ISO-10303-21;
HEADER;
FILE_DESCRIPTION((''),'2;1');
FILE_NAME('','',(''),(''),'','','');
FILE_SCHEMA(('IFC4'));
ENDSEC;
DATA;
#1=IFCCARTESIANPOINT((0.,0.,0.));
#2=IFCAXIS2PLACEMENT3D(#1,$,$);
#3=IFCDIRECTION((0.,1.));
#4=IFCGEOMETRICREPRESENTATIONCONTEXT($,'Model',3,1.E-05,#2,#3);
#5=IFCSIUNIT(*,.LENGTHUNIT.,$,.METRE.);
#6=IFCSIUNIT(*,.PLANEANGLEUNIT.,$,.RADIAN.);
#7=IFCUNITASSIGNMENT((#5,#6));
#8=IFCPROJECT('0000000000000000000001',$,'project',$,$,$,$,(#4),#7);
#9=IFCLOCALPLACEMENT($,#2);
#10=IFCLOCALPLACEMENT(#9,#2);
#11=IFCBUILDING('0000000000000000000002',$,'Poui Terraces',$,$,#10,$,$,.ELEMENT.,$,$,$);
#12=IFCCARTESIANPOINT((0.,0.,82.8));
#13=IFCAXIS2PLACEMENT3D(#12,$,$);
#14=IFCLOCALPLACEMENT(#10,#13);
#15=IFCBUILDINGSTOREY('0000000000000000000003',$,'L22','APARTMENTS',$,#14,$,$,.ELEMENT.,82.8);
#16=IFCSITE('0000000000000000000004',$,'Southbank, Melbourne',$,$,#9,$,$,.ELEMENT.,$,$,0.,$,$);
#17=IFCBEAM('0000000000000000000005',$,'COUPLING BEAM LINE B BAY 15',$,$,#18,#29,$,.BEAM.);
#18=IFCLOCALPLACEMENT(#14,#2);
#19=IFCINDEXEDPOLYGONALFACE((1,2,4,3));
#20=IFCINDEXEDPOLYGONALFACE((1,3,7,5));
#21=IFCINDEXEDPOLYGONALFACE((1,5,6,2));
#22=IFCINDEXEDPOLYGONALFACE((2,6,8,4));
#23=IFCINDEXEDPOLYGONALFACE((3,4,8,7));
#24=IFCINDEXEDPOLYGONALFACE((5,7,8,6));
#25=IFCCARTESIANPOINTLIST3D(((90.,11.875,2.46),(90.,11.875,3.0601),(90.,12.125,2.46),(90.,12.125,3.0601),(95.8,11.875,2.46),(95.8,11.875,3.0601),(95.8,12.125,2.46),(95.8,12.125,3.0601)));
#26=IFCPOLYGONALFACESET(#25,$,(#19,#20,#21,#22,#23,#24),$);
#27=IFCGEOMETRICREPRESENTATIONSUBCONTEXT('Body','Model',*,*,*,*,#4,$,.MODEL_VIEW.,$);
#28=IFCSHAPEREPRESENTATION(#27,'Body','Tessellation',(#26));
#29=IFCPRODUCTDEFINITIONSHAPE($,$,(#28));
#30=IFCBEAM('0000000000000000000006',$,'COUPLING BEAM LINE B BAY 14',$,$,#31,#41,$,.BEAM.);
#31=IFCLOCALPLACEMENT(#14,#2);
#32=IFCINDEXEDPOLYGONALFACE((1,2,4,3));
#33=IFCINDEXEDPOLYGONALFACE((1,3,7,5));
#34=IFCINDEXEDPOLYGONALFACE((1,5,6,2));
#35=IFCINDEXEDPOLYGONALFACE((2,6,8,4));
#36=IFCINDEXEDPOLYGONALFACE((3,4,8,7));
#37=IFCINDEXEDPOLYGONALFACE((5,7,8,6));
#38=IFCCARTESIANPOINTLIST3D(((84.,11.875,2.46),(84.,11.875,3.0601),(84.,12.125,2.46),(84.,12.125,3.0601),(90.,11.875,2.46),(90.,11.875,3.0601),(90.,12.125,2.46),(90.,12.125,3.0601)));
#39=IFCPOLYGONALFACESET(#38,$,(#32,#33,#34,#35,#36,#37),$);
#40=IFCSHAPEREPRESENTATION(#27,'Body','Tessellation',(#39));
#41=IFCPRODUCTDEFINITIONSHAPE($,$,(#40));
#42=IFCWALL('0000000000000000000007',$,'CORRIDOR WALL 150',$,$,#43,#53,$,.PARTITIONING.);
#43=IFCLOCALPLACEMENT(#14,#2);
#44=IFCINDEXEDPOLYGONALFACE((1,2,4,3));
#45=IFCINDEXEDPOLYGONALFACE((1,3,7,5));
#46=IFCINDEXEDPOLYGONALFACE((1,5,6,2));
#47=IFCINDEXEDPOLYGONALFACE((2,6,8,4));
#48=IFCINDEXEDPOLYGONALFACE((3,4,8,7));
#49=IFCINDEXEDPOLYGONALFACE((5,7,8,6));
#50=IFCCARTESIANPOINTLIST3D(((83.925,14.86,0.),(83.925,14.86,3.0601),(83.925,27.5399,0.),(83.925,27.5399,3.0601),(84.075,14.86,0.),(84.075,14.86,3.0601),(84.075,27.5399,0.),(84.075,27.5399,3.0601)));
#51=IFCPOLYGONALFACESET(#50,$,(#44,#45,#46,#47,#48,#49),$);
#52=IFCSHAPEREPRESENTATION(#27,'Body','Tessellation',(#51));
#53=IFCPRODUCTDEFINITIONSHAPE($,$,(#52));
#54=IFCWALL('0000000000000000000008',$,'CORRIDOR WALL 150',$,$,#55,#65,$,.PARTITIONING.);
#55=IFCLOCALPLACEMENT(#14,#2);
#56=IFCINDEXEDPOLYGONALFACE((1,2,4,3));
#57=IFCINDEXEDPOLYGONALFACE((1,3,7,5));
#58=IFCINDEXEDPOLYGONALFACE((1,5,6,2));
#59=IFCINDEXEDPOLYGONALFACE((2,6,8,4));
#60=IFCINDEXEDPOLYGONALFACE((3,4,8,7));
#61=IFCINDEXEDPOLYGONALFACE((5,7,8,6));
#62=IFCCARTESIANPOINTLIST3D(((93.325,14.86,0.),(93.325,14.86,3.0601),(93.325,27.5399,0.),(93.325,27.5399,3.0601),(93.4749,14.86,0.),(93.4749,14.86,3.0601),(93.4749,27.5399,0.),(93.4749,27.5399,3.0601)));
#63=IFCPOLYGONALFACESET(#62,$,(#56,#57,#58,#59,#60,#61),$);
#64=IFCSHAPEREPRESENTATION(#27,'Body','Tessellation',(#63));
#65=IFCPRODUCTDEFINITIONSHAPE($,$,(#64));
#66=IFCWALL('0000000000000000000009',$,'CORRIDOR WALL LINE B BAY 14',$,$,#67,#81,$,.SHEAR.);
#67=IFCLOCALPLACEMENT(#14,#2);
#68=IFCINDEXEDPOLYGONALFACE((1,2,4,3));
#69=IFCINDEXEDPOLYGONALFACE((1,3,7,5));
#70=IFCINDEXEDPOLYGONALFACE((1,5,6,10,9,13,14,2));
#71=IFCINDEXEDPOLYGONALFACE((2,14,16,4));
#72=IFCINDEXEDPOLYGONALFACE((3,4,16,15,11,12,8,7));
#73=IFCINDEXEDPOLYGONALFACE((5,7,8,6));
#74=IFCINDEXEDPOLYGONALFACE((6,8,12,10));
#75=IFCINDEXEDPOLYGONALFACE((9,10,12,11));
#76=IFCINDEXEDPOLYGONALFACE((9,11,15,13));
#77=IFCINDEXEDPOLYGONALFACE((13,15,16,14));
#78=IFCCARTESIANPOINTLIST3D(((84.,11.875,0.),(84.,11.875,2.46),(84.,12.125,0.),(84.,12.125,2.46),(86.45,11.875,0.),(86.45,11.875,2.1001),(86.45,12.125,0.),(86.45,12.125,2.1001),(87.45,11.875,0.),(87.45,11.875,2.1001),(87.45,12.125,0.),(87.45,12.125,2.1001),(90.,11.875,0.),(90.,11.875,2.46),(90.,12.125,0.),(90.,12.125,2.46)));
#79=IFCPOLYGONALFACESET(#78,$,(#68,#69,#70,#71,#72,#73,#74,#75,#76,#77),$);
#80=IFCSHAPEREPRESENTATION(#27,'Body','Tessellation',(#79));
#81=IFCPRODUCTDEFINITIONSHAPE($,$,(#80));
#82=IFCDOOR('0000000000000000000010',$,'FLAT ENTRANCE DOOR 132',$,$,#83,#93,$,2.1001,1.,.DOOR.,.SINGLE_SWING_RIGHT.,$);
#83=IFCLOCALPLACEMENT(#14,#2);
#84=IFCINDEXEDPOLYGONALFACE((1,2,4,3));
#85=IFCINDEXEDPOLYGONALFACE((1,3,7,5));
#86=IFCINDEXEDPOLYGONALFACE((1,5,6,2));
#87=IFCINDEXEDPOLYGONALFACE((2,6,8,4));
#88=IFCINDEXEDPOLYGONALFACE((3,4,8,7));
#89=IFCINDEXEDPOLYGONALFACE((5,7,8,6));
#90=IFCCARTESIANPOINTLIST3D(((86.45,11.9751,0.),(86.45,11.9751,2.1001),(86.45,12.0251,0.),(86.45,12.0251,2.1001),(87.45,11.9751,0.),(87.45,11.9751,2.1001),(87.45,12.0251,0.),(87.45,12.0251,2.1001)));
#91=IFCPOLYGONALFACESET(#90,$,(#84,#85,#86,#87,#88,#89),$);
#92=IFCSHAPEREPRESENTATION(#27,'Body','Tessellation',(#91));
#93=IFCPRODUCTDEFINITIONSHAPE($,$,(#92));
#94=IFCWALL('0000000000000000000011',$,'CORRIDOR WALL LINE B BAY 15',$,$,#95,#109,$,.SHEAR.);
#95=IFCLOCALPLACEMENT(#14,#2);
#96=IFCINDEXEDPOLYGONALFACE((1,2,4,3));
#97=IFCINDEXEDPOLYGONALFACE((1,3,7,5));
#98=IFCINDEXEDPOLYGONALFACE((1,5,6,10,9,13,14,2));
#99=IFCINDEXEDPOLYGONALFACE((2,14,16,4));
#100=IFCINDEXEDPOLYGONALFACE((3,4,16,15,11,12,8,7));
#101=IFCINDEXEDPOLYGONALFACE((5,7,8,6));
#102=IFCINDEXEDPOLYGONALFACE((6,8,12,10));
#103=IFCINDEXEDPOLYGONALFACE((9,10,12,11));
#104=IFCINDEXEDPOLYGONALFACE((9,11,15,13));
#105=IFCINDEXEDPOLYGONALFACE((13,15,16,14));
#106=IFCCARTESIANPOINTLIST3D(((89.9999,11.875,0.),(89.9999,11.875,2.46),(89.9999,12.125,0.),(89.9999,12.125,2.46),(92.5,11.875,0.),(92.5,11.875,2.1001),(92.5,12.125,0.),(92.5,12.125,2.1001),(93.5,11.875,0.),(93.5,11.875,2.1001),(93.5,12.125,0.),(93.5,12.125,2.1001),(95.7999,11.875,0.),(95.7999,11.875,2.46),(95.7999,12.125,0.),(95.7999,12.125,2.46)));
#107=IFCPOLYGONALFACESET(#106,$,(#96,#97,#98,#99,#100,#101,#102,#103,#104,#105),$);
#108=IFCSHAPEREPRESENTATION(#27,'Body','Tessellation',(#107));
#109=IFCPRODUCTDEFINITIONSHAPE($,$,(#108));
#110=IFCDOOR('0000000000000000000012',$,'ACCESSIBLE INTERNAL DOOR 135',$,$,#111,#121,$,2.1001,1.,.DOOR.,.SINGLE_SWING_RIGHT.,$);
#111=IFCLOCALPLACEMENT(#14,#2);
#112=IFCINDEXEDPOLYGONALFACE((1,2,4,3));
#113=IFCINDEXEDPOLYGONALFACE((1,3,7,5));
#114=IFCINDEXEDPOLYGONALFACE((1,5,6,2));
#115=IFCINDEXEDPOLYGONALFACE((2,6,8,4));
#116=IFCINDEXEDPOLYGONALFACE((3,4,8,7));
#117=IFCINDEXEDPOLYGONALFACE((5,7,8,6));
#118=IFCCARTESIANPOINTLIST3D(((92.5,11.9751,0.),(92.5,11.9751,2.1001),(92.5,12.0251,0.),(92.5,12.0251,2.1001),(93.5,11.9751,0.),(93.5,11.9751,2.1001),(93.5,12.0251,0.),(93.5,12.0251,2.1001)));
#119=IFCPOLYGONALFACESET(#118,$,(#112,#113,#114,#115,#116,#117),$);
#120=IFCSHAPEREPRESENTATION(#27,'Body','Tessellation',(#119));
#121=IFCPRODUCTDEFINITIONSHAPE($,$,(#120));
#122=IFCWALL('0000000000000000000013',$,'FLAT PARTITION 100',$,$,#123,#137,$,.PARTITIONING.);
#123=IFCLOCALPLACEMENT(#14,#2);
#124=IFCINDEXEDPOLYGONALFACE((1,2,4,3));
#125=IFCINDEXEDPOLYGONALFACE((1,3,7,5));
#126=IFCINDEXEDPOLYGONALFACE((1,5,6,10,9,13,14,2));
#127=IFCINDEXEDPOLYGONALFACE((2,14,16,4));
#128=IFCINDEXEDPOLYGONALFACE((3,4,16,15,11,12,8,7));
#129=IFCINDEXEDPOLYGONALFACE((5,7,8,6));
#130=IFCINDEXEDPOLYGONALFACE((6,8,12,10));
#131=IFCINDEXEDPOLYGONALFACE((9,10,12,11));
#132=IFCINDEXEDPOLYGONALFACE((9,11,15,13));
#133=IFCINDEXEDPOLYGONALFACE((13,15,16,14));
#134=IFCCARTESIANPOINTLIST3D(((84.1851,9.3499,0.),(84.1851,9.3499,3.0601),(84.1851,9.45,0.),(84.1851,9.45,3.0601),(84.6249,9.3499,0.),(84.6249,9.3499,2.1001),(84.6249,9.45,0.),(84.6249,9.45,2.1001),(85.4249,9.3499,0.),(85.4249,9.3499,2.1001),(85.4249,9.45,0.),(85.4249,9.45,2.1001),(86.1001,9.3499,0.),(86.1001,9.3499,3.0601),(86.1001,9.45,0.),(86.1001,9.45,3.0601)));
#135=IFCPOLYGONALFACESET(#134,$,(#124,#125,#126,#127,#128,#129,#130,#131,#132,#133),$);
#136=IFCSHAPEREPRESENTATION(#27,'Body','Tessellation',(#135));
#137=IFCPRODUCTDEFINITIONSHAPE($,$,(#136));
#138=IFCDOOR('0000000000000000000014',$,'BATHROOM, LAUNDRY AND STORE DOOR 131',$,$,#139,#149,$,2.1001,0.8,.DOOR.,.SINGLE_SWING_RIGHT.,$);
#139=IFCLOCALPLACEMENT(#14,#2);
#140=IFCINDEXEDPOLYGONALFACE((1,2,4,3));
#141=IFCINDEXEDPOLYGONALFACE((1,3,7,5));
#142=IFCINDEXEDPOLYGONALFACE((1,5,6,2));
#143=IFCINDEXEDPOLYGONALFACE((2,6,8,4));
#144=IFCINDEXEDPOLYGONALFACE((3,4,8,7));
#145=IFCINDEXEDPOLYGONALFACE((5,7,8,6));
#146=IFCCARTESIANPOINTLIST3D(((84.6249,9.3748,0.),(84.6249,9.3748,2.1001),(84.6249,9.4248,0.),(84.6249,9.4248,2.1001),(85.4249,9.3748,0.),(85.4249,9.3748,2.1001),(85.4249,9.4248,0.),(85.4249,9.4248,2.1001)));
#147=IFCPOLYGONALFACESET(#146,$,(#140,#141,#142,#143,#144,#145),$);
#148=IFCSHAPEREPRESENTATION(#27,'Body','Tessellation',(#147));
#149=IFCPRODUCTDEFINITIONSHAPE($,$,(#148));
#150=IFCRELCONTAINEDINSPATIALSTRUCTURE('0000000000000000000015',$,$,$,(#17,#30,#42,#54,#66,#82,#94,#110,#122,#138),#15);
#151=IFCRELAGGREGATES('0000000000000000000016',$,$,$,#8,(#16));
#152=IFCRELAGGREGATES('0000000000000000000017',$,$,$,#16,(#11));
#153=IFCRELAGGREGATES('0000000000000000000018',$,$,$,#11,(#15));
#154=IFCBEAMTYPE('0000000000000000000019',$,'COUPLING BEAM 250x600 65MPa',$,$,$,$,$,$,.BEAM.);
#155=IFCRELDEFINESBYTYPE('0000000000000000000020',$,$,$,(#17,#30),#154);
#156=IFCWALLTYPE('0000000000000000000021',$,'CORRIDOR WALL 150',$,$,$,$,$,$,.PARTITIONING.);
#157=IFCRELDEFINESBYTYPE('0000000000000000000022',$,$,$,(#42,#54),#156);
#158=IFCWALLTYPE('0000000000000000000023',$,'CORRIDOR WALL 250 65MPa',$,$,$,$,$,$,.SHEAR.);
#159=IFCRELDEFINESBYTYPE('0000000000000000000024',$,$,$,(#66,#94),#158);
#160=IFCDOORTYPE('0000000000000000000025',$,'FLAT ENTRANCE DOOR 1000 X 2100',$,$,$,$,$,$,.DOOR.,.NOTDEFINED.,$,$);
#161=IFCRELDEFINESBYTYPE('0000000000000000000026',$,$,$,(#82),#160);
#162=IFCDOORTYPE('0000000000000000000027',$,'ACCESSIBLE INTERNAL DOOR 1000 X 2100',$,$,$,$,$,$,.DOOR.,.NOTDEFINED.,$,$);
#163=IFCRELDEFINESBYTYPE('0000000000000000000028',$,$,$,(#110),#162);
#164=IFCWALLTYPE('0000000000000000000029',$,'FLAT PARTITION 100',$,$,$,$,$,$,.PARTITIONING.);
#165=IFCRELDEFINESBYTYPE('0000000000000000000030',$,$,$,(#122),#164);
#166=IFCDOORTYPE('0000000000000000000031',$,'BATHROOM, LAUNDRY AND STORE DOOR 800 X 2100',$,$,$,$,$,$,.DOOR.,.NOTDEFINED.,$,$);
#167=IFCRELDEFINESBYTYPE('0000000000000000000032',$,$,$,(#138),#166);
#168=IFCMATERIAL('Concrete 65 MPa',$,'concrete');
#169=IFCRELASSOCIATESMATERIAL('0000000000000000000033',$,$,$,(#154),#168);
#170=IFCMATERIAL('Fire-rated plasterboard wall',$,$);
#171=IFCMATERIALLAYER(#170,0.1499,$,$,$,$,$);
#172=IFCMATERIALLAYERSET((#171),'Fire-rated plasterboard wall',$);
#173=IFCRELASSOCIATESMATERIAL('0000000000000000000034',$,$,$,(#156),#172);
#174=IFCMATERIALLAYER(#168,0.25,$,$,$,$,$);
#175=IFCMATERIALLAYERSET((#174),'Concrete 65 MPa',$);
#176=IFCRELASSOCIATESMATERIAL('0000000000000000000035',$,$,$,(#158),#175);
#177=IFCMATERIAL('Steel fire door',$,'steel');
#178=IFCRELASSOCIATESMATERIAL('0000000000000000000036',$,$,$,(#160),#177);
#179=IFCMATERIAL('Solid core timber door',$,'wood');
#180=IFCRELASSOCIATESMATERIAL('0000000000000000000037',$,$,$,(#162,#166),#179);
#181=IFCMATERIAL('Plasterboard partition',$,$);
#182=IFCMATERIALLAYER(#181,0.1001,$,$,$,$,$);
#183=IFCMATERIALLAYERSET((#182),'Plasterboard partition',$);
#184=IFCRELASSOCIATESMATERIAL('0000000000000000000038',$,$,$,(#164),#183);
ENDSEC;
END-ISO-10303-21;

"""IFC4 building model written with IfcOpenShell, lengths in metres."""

from ifc_helpers import new_model, si_unit, direction, frame, frame_2d, origin, origin_2d, place, context, subcontext, project, spatial, rectangle, extrude, source, transform, mapped, material, layer, layer_set, material_profile, profile_set, type_object, element, fill, save


model = new_model("IFC4")

# Units and contexts
model_context = context("Model", 3, precision=1e-05, world=origin(), true_north=direction((0.0, 1.0)))
body_context = subcontext(model_context, "Body", "Model", "MODEL_VIEW")
ifc_project = project(units=[si_unit("LENGTHUNIT", "METRE"), si_unit("PLANEANGLEUNIT", "RADIAN")], contexts=[model_context])

# Site, building, storey
site_placement = place(None, origin())
site = spatial("IfcSite", under=ifc_project, at=site_placement, Name="Southbank, Melbourne", CompositionType="ELEMENT", RefElevation=0.0)
building_placement = place(site_placement, origin())
building = spatial("IfcBuilding", under=site, at=building_placement, Name="Poui Terraces", CompositionType="ELEMENT")
storey_placement = place(building_placement, frame((0.0, 0.0, 82.8)))
storey = spatial("IfcBuildingStorey", under=building, at=storey_placement, Name="L22", Description="APARTMENTS", CompositionType="ELEMENT", Elevation=82.8)

# Beams
ifc_material_1 = material(Name="Concrete 65 MPa", Category="concrete")
ifc_material_profile = material_profile(ifc_material_1, rectangle(XDim=0.25, YDim=0.6001, at=origin_2d()), Name="RC 250x600")
ifc_profile_set = profile_set([ifc_material_profile], Name="Concrete 65 MPa")
beam_type = type_object("IfcBeamType", Name="COUPLING BEAM 250x600 65MPa", PredefinedType="BEAM", material=ifc_profile_set)
shared_shape_1 = source(origin(), body_context, "Body", "SweptSolid", [
    extrude(rectangle(XDim=0.25, YDim=0.6001, at=origin_2d()), origin(), (0.0, 0.0, 1.0), 5.8),
])
beam_1_placement = place(storey_placement, frame((90.0, 12.0, 2.76), z_axis=(1.0, 0.0, 0.0), x_axis=(0.0, 1.0, 0.0)))
element("IfcBeam", 1, at=beam_1_placement, inside=storey, type_object=beam_type, Name="COUPLING BEAM LINE B BAY 15", PredefinedType="BEAM", context=body_context, shape_type="MappedRepresentation", body=[
    mapped(shared_shape_1, transform((0.0, 0.0, 0.0))),
])
shared_shape_2 = source(origin(), body_context, "Body", "SweptSolid", [
    extrude(rectangle(XDim=0.25, YDim=0.6001, at=origin_2d()), origin(), (0.0, 0.0, 1.0), 6.0),
])
beam_2_placement = place(storey_placement, frame((84.0, 12.0, 2.76), z_axis=(1.0, 0.0, 0.0), x_axis=(0.0, 1.0, 0.0)))
element("IfcBeam", 2, at=beam_2_placement, inside=storey, type_object=beam_type, Name="COUPLING BEAM LINE B BAY 14", PredefinedType="BEAM", context=body_context, shape_type="MappedRepresentation", body=[
    mapped(shared_shape_2, transform((0.0, 0.0, 0.0))),
])

# Walls
ifc_material_2 = material(Name="Fire-rated plasterboard wall")
ifc_layer_1 = layer(ifc_material_2, 0.1499)
ifc_layer_set_1 = layer_set([ifc_layer_1], Name="Fire-rated plasterboard wall")
wall_type_1 = type_object("IfcWallType", Name="CORRIDOR WALL 150", PredefinedType="PARTITIONING", material=ifc_layer_set_1)
for number, where, z_axis, x_axis, name in (
    (3, (84.0, 14.8601, 0.0), (0.0, 0.0, 1.0), (0.0, 1.0, 0.0), "CORRIDOR WALL 150"),
    (4, (93.3999, 14.8601, 0.0), (0.0, 0.0, 1.0), (0.0, 1.0, 0.0), "CORRIDOR WALL 150"),
):
    element("IfcWall", number, at=place(storey_placement, frame(where, z_axis=z_axis, x_axis=x_axis)), inside=storey, type_object=wall_type_1, Name=name, PredefinedType="PARTITIONING", context=body_context, shape_type="SweptSolid", body=[
        extrude(rectangle(XDim=12.6799, YDim=0.1499, at=frame_2d((6.3398, 0.0))), origin(), (0.0, 0.0, 1.0), 3.0601),
    ])

# Walls, openings, doors
ifc_layer_2 = layer(ifc_material_1, 0.25)
ifc_layer_set_2 = layer_set([ifc_layer_2], Name="Concrete 65 MPa")
wall_type_2 = type_object("IfcWallType", Name="CORRIDOR WALL 250 65MPa", PredefinedType="SHEAR", material=ifc_layer_set_2)
wall_1_placement = place(storey_placement, frame((84.0, 12.0, 0.0), z_axis=(0.0, 0.0, 1.0), x_axis=(1.0, 0.0, 0.0)))
wall_1 = element("IfcWall", 5, at=wall_1_placement, inside=storey, type_object=wall_type_2, Name="CORRIDOR WALL LINE B BAY 14", PredefinedType="SHEAR", context=body_context, shape_type="SweptSolid", body=[
    extrude(rectangle(XDim=6.0, YDim=0.25, at=frame_2d((3.0, 0.0))), origin(), (0.0, 0.0, 1.0), 2.46),
])
opening_1_placement = place(wall_1_placement, frame((2.45, 0.0, 0.0)))
opening_1 = element("IfcOpeningElement", 6, at=opening_1_placement, cuts=wall_1, PredefinedType="OPENING", context=body_context, shape_type="SweptSolid", body=[
    extrude(rectangle(XDim=1.0, YDim=2.1001, at=frame_2d((0.5, 1.05))), frame((0.0, 0.135, 0.0), z_axis=(0.0, -1.0, 0.0), x_axis=(1.0, 0.0, 0.0)), (0.0, 0.0, 1.0), 0.27),
])
ifc_material_3 = material(Name="Steel fire door", Category="steel")
door_type_1 = type_object("IfcDoorType", Name="FLAT ENTRANCE DOOR 1000 X 2100", OperationType="NOTDEFINED", PredefinedType="DOOR", material=ifc_material_3)
door_1_placement = place(opening_1_placement, frame((1.0, 0.0, 0.0), z_axis=(0.0, 0.0, 1.0), x_axis=(-1.0, 0.0, 0.0)))
door_1 = element("IfcDoor", 7, at=door_1_placement, inside=storey, type_object=door_type_1, Name="FLAT ENTRANCE DOOR 132", OperationType="SINGLE_SWING_RIGHT", OverallHeight=2.1001, OverallWidth=1.0, PredefinedType="DOOR", context=body_context, shape_type="SweptSolid", body=[
    extrude(rectangle(XDim=1.0, YDim=2.1001, at=frame_2d((0.5, 1.05))), frame((0.0, 0.0249, 0.0), z_axis=(0.0, -1.0, 0.0), x_axis=(1.0, 0.0, 0.0)), (0.0, 0.0, 1.0), 0.05),
])
fill(opening_1, door_1)
wall_2_placement = place(storey_placement, frame((90.0, 12.0, 0.0), z_axis=(0.0, 0.0, 1.0), x_axis=(1.0, 0.0, 0.0)))
wall_2 = element("IfcWall", 8, at=wall_2_placement, inside=storey, type_object=wall_type_2, Name="CORRIDOR WALL LINE B BAY 15", PredefinedType="SHEAR", context=body_context, shape_type="SweptSolid", body=[
    extrude(rectangle(XDim=5.8, YDim=0.25, at=frame_2d((2.8999, 0.0))), origin(), (0.0, 0.0, 1.0), 2.46),
])
opening_2_placement = place(wall_2_placement, frame((2.5, 0.0, 0.0)))
opening_2 = element("IfcOpeningElement", 9, at=opening_2_placement, cuts=wall_2, PredefinedType="OPENING", context=body_context, shape_type="SweptSolid", body=[
    extrude(rectangle(XDim=1.0, YDim=2.1001, at=frame_2d((0.5, 1.05))), frame((0.0, 0.135, 0.0), z_axis=(0.0, -1.0, 0.0), x_axis=(1.0, 0.0, 0.0)), (0.0, 0.0, 1.0), 0.27),
])
ifc_material_4 = material(Name="Solid core timber door", Category="wood")
door_type_2 = type_object("IfcDoorType", Name="ACCESSIBLE INTERNAL DOOR 1000 X 2100", OperationType="NOTDEFINED", PredefinedType="DOOR", material=ifc_material_4)
door_2_placement = place(opening_2_placement, frame((1.0, 0.0, 0.0), z_axis=(0.0, 0.0, 1.0), x_axis=(-1.0, 0.0, 0.0)))
door_2 = element("IfcDoor", 10, at=door_2_placement, inside=storey, type_object=door_type_2, Name="ACCESSIBLE INTERNAL DOOR 135", OperationType="SINGLE_SWING_RIGHT", OverallHeight=2.1001, OverallWidth=1.0, PredefinedType="DOOR", context=body_context, shape_type="SweptSolid", body=[
    extrude(rectangle(XDim=1.0, YDim=2.1001, at=frame_2d((0.5, 1.05))), frame((0.0, 0.0249, 0.0), z_axis=(0.0, -1.0, 0.0), x_axis=(1.0, 0.0, 0.0)), (0.0, 0.0, 1.0), 0.05),
])
fill(opening_2, door_2)
ifc_material_5 = material(Name="Plasterboard partition")
ifc_layer_3 = layer(ifc_material_5, 0.1001)
ifc_layer_set_3 = layer_set([ifc_layer_3], Name="Plasterboard partition")
wall_type_3 = type_object("IfcWallType", Name="FLAT PARTITION 100", PredefinedType="PARTITIONING", material=ifc_layer_set_3)
wall_3_placement = place(storey_placement, frame((84.1851, 9.3999, 0.0), z_axis=(0.0, 0.0, 1.0), x_axis=(1.0, 0.0, 0.0)))
wall_3 = element("IfcWall", 11, at=wall_3_placement, inside=storey, type_object=wall_type_3, Name="FLAT PARTITION 100", PredefinedType="PARTITIONING", context=body_context, shape_type="SweptSolid", body=[
    extrude(rectangle(XDim=1.915, YDim=0.1001, at=frame_2d((0.9575, 0.0))), origin(), (0.0, 0.0, 1.0), 3.0601),
])
opening_3_placement = place(wall_3_placement, frame((0.4399, 0.0, 0.0)))
opening_3 = element("IfcOpeningElement", 12, at=opening_3_placement, cuts=wall_3, PredefinedType="OPENING", context=body_context, shape_type="SweptSolid", body=[
    extrude(rectangle(XDim=0.8, YDim=2.1001, at=frame_2d((0.3999, 1.05))), frame((0.0, 0.0601, 0.0), z_axis=(0.0, -1.0, 0.0), x_axis=(1.0, 0.0, 0.0)), (0.0, 0.0, 1.0), 0.1201),
])
door_type_3 = type_object("IfcDoorType", Name="BATHROOM, LAUNDRY AND STORE DOOR 800 X 2100", OperationType="NOTDEFINED", PredefinedType="DOOR", material=ifc_material_4)
door_3_placement = place(opening_3_placement, origin())
door_3 = element("IfcDoor", 13, at=door_3_placement, inside=storey, type_object=door_type_3, Name="BATHROOM, LAUNDRY AND STORE DOOR 131", OperationType="SINGLE_SWING_RIGHT", OverallHeight=2.1001, OverallWidth=0.8, PredefinedType="DOOR", context=body_context, shape_type="SweptSolid", body=[
    extrude(rectangle(XDim=0.8, YDim=2.1001, at=frame_2d((0.3999, 1.05))), frame((0.0, 0.0249, 0.0), z_axis=(0.0, -1.0, 0.0), x_axis=(1.0, 0.0, 0.0)), (0.0, 0.0, 1.0), 0.05),
])
fill(opening_3, door_3)

save(model, "model.ifc")
